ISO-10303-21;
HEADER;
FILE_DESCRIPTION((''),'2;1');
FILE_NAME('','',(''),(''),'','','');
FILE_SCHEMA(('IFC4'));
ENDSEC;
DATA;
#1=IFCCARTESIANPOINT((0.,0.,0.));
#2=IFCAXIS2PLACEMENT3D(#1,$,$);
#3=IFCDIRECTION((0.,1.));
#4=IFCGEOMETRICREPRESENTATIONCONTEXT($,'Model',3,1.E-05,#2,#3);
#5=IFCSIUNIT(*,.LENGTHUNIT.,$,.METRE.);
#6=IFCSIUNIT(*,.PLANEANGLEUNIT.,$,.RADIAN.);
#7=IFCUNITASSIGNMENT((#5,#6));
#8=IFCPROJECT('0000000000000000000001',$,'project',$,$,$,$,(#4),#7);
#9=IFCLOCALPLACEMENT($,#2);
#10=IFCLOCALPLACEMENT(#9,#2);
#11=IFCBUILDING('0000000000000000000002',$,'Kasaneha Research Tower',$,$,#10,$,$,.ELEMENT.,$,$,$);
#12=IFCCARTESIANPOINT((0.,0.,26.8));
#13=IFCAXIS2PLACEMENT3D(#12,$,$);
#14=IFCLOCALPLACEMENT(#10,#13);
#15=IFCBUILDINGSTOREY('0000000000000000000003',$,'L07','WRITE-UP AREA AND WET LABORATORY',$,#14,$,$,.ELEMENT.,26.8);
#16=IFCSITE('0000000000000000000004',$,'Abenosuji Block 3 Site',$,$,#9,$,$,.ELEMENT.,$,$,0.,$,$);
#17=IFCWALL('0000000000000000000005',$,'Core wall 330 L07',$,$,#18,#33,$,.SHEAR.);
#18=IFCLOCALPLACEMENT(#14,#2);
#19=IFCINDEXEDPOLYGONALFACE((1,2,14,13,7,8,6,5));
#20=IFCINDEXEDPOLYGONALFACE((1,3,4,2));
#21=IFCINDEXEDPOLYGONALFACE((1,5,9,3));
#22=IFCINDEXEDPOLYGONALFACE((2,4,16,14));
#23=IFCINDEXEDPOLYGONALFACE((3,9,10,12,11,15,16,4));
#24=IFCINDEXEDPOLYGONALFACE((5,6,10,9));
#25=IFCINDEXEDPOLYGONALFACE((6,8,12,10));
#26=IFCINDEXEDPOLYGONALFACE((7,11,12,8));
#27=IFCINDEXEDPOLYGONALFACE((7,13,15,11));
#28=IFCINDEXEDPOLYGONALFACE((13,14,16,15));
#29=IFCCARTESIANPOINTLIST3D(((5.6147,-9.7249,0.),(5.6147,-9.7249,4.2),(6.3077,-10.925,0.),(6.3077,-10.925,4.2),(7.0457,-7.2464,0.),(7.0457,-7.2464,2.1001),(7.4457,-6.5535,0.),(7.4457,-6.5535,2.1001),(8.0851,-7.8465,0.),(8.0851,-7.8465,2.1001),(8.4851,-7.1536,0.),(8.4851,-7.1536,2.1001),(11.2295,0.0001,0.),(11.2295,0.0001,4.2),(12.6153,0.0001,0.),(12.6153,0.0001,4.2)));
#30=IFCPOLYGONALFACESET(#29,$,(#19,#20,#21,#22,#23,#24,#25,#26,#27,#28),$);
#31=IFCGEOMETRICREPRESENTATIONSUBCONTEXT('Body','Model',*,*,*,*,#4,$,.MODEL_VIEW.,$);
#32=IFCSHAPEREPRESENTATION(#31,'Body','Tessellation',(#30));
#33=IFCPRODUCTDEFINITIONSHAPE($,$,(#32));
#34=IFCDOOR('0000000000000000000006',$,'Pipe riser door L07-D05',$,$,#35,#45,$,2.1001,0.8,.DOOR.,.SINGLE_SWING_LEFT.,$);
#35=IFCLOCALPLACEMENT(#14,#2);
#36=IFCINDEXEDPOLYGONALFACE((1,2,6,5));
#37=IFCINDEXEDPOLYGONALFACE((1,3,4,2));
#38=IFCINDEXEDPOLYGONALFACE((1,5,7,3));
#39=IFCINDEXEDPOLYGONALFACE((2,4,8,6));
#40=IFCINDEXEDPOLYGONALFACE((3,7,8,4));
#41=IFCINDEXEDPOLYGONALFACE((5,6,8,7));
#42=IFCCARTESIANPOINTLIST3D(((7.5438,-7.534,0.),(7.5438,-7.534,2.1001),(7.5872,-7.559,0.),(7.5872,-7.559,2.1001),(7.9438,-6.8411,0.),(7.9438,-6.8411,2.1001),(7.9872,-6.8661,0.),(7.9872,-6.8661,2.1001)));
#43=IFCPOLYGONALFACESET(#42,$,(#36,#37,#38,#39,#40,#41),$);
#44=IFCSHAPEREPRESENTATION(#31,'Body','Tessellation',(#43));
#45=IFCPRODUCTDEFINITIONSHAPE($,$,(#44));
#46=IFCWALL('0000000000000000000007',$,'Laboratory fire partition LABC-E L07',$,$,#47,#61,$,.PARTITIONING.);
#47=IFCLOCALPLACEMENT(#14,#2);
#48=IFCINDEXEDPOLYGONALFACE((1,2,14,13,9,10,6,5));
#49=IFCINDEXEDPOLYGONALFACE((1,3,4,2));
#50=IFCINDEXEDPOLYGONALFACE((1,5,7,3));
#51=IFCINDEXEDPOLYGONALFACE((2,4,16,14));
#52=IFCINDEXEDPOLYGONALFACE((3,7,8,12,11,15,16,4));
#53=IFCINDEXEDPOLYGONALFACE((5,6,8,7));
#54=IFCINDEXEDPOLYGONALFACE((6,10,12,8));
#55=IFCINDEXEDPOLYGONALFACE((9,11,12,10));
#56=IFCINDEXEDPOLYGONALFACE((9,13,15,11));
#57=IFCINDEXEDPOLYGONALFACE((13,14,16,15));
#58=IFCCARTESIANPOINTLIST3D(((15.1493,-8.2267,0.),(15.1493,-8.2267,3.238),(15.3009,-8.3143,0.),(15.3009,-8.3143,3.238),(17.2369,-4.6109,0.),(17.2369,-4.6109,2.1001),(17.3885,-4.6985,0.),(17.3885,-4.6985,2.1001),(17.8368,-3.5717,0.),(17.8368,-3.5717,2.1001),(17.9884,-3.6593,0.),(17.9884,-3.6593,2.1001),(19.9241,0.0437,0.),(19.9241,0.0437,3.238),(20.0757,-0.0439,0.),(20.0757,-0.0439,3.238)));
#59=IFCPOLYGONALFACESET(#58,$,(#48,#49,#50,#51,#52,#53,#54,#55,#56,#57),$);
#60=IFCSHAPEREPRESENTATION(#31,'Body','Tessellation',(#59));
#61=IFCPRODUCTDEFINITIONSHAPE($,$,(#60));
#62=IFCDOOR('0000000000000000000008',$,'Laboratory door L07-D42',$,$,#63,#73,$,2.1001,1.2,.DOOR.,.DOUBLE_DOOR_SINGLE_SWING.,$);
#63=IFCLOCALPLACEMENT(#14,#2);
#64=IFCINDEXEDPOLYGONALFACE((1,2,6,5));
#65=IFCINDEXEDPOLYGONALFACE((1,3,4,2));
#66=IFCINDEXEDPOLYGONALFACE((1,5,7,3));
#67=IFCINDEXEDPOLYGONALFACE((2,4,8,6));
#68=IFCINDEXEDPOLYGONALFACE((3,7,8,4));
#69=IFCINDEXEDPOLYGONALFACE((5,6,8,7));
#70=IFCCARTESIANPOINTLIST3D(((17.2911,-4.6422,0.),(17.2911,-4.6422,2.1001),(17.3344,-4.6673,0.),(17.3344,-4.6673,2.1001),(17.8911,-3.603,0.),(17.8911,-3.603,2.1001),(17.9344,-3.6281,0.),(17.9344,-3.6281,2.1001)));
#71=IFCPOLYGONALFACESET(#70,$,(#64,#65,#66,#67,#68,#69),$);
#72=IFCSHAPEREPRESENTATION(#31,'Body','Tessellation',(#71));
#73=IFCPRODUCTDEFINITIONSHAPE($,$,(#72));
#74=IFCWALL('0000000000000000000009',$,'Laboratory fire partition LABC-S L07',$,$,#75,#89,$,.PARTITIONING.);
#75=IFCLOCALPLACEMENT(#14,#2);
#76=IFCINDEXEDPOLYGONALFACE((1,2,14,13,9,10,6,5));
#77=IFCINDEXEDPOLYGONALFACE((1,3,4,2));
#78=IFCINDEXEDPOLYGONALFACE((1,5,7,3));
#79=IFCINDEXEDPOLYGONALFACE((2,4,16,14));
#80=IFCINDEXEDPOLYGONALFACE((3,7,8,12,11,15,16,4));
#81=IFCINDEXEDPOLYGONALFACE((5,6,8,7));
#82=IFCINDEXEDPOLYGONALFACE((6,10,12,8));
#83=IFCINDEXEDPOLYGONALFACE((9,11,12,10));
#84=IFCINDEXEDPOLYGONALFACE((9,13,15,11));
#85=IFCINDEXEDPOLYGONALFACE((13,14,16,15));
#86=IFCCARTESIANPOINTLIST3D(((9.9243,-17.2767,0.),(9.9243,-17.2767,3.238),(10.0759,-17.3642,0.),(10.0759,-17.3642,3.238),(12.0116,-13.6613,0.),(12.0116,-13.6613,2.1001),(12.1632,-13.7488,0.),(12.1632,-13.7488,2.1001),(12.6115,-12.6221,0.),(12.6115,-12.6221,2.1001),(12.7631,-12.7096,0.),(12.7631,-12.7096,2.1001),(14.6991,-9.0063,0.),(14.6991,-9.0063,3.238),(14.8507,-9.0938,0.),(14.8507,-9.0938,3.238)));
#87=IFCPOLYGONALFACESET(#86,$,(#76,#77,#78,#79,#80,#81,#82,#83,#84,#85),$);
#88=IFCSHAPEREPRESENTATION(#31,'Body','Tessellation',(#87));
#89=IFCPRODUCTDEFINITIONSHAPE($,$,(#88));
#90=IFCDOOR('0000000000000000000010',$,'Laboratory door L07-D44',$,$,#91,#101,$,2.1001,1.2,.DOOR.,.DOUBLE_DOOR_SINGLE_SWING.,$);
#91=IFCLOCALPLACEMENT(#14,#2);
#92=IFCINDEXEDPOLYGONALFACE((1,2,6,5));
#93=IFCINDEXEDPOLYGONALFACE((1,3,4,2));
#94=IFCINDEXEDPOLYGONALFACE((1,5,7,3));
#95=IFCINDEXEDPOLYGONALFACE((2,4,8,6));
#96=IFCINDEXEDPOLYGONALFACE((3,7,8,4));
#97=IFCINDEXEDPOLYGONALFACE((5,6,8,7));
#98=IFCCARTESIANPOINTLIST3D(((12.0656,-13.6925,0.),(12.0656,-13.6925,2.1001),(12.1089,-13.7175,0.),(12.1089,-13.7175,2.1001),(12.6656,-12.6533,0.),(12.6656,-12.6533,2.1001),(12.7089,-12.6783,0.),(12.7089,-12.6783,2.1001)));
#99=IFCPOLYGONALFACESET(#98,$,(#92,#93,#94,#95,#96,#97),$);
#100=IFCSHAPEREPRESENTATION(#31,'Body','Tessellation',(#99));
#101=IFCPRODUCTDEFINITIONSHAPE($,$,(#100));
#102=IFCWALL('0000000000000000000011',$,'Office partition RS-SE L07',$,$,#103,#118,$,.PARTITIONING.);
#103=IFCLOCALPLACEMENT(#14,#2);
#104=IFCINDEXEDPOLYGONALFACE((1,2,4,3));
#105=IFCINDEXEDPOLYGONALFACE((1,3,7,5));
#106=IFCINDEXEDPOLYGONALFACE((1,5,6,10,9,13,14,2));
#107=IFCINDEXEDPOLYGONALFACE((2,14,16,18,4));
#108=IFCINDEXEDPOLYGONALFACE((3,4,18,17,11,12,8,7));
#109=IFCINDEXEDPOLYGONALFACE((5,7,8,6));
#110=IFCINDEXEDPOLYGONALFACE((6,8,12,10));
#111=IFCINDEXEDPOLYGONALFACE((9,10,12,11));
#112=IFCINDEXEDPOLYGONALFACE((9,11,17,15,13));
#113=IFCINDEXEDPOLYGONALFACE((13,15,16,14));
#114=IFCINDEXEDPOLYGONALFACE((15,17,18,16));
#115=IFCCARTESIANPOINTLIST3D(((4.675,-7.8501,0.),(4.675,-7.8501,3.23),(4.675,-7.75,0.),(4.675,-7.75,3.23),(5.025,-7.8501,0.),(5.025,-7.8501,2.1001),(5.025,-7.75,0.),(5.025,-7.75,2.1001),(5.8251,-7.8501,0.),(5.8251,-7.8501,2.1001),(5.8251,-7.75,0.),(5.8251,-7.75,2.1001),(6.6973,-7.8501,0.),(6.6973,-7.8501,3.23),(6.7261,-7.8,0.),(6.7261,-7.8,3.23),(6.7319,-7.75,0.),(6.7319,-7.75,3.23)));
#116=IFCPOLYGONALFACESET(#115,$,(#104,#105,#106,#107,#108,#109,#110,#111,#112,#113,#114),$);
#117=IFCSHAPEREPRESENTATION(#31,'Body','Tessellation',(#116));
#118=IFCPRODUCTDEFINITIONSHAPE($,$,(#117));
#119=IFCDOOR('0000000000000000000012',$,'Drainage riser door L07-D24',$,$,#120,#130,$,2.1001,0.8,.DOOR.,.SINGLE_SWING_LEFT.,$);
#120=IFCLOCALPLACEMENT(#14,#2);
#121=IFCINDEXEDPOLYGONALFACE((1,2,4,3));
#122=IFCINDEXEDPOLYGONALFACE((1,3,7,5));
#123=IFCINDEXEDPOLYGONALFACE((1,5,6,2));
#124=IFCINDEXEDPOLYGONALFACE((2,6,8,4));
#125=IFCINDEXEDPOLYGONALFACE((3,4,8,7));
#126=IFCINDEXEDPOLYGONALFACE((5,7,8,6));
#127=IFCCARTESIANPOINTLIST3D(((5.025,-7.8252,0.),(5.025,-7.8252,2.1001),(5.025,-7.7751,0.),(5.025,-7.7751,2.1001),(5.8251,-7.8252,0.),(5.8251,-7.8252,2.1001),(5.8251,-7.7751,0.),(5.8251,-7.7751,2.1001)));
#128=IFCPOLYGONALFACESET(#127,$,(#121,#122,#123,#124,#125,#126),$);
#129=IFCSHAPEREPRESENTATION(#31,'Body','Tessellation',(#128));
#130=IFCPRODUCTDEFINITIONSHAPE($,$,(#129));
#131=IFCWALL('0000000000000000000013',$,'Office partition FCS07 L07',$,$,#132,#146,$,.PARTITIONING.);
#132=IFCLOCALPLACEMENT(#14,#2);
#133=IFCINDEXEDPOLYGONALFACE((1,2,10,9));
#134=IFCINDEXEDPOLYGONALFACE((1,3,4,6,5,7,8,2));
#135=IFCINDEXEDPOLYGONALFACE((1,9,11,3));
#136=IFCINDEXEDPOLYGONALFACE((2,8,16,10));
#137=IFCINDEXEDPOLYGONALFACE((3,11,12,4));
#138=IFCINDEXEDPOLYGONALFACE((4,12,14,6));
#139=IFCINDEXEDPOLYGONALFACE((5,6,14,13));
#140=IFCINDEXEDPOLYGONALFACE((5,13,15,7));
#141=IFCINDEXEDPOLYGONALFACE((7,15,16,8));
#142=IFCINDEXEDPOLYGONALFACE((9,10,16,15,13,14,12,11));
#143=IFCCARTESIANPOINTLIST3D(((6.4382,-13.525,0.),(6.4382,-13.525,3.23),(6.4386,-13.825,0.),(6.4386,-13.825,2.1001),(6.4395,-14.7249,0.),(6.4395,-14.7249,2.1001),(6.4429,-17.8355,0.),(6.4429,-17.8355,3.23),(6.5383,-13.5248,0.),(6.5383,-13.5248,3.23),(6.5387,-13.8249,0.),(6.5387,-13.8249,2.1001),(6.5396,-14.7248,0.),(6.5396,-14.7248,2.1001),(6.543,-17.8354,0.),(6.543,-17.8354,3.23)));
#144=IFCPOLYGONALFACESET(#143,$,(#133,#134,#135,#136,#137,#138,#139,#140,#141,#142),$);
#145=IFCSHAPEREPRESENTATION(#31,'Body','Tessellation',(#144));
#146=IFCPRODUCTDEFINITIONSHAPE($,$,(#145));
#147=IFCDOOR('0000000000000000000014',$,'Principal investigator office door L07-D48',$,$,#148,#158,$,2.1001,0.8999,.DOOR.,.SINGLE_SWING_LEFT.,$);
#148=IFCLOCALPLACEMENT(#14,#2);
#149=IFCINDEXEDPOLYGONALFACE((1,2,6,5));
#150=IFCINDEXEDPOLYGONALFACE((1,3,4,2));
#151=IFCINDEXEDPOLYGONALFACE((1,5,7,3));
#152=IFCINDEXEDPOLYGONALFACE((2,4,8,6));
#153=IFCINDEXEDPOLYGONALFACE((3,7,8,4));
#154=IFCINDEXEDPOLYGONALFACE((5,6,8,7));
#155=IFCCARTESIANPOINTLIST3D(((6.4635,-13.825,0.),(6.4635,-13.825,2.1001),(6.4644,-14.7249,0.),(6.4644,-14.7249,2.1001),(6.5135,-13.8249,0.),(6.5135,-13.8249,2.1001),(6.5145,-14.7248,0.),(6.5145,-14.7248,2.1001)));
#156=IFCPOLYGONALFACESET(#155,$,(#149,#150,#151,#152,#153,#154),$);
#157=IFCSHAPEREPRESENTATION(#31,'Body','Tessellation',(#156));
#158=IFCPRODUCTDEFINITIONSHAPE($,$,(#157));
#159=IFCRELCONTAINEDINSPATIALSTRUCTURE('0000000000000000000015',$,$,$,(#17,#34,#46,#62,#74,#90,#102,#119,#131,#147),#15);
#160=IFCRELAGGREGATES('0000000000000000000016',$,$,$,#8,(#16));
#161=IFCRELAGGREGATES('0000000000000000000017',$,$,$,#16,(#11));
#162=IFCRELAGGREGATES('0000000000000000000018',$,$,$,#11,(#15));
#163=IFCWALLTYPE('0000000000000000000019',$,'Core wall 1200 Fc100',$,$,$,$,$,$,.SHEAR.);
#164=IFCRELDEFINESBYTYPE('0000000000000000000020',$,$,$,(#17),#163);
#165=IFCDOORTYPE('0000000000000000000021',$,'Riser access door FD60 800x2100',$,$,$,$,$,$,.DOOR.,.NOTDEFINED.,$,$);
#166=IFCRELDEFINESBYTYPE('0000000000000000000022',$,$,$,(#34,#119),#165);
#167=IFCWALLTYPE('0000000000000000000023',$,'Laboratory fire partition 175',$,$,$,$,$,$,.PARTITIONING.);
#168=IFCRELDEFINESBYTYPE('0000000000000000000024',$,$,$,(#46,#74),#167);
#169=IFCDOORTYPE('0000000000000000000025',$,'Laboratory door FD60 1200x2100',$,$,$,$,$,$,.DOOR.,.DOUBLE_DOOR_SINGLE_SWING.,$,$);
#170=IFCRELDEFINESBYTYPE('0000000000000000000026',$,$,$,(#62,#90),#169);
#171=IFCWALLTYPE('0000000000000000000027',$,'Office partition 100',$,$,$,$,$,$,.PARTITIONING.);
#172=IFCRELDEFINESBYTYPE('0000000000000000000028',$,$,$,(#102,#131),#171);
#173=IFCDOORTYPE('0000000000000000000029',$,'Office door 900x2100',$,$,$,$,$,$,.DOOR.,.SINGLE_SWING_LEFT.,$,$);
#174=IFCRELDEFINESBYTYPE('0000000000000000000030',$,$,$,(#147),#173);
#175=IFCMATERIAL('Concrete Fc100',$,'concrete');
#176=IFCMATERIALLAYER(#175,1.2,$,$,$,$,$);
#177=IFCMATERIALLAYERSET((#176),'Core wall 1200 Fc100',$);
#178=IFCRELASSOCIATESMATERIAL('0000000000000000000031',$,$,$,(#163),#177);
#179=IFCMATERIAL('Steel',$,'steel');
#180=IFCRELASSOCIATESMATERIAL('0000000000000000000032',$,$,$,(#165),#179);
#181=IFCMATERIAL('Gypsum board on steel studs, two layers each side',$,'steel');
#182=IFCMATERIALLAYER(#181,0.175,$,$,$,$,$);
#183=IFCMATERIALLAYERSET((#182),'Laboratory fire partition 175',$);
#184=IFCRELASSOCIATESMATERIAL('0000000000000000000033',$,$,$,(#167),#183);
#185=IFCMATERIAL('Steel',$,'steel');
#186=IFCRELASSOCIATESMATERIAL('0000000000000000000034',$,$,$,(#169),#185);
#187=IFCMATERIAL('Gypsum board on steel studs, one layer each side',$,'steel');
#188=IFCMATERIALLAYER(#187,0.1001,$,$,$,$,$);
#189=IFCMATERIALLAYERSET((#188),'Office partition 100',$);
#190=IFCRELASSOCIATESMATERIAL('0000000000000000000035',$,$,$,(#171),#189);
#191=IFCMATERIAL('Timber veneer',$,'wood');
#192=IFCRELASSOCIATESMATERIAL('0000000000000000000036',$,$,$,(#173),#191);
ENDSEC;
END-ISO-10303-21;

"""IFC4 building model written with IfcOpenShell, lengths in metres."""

from ifc_helpers import new_model, si_unit, direction, frame, frame_2d, origin, place, context, subcontext, project, spatial, polyline, rectangle, outline, extrude, material, layer, layer_set, type_object, element, fill, save


model = new_model("IFC4")

# Units and contexts
model_context = context("Model", 3, precision=1e-05, world=origin(), true_north=direction((0.0, 1.0)))
body_context = subcontext(model_context, "Body", "Model", "MODEL_VIEW")
ifc_project = project(units=[si_unit("LENGTHUNIT", "METRE"), si_unit("PLANEANGLEUNIT", "RADIAN")], contexts=[model_context])

# Site, building, storey
site_placement = place(None, origin())
site = spatial("IfcSite", under=ifc_project, at=site_placement, Name="Abenosuji Block 3 Site", CompositionType="ELEMENT", RefElevation=0.0)
building_placement = place(site_placement, origin())
building = spatial("IfcBuilding", under=site, at=building_placement, Name="Kasaneha Research Tower", CompositionType="ELEMENT")
storey_placement = place(building_placement, frame((0.0, 0.0, 26.8)))
storey = spatial("IfcBuildingStorey", under=building, at=storey_placement, Name="L07", Description="WRITE-UP AREA AND WET LABORATORY", CompositionType="ELEMENT", Elevation=26.8)

# Walls, openings, doors
ifc_material_1 = material(Name="Concrete Fc100", Category="concrete")
ifc_layer_1 = layer(ifc_material_1, 1.2)
ifc_layer_set_1 = layer_set([ifc_layer_1], Name="Core wall 1200 Fc100")
wall_type_1 = type_object("IfcWallType", Name="Core wall 1200 Fc100", PredefinedType="SHEAR", material=ifc_layer_set_1)
wall_1_placement = place(storey_placement, frame((5.9612, -10.325, 0.0), z_axis=(0.0, 0.0, 1.0), x_axis=(0.500004, 0.866023, 0.0)))
wall_1 = element("IfcWall", 1, at=wall_1_placement, inside=storey, type_object=wall_type_1, Name="Core wall 330 L07", PredefinedType="SHEAR", context=body_context, shape_type="SweptSolid", body=[
    extrude(outline(polyline([(-0.3464, -0.6001), (3.2085, -0.6001), (4.0085, -0.6001), (12.2688, -0.6001), (11.5759, 0.6001), (4.0085, 0.6001), (3.2085, 0.6001), (0.3464, 0.6001), (-0.3464, -0.6001)])), origin(), (0.0, 0.0, 1.0), 4.2),
])
opening_1_placement = place(wall_1_placement, frame((3.2085, 0.0, 0.0)))
opening_1 = element("IfcOpeningElement", 2, at=opening_1_placement, cuts=wall_1, PredefinedType="OPENING", context=body_context, shape_type="SweptSolid", body=[
    extrude(rectangle(XDim=0.8, YDim=2.1001, at=frame_2d((0.3999, 1.05))), frame((0.0, 0.6099, 0.0), z_axis=(0.0, -1.0, 0.0), x_axis=(1.0, 0.0, 0.0)), (0.0, 0.0, 1.0), 1.22),
])
ifc_material_2 = material(Name="Steel", Category="steel")
door_type_1 = type_object("IfcDoorType", Name="Riser access door FD60 800x2100", OperationType="NOTDEFINED", PredefinedType="DOOR", material=ifc_material_2)
door_1_placement = place(opening_1_placement, origin())
door_1 = element("IfcDoor", 3, at=door_1_placement, inside=storey, type_object=door_type_1, Name="Pipe riser door L07-D05", OperationType="SINGLE_SWING_LEFT", OverallHeight=2.1001, OverallWidth=0.8, PredefinedType="DOOR", context=body_context, shape_type="SweptSolid", body=[
    extrude(rectangle(XDim=0.8, YDim=2.1001, at=frame_2d((0.3999, 1.05))), frame((0.0, 0.0249, 0.0), z_axis=(0.0, -1.0, 0.0), x_axis=(1.0, 0.0, 0.0)), (0.0, 0.0, 1.0), 0.05),
])
fill(opening_1, door_1)
ifc_material_3 = material(Name="Gypsum board on steel studs, two layers each side", Category="steel")
ifc_layer_2 = layer(ifc_material_3, 0.175)
ifc_layer_set_2 = layer_set([ifc_layer_2], Name="Laboratory fire partition 175")
wall_type_2 = type_object("IfcWallType", Name="Laboratory fire partition 175", PredefinedType="PARTITIONING", material=ifc_layer_set_2)
wall_2_placement = place(storey_placement, frame((15.2251, -8.2705, 0.0), z_axis=(0.0, 0.0, 1.0), x_axis=(0.499994, 0.866029, 0.0)))
wall_2 = element("IfcWall", 4, at=wall_2_placement, inside=storey, type_object=wall_type_2, Name="Laboratory fire partition LABC-E L07", PredefinedType="PARTITIONING", context=body_context, shape_type="SweptSolid", body=[
    extrude(rectangle(XDim=9.5498, YDim=0.175, at=frame_2d((4.7749, 0.0))), origin(), (0.0, 0.0, 1.0), 3.238),
])
opening_2_placement = place(wall_2_placement, frame((4.175, 0.0, 0.0)))
opening_2 = element("IfcOpeningElement", 5, at=opening_2_placement, cuts=wall_2, PredefinedType="OPENING", context=body_context, shape_type="SweptSolid", body=[
    extrude(rectangle(XDim=1.2, YDim=2.1001, at=frame_2d((0.6001, 1.05))), frame((0.0, 0.0977, 0.0), z_axis=(0.0, -1.0, 0.0), x_axis=(1.0, 0.0, 0.0)), (0.0, 0.0, 1.0), 0.1951),
])
ifc_material_4 = material(Name="Steel", Category="steel")
door_type_2 = type_object("IfcDoorType", Name="Laboratory door FD60 1200x2100", OperationType="DOUBLE_DOOR_SINGLE_SWING", PredefinedType="DOOR", material=ifc_material_4)
door_2_placement = place(opening_2_placement, origin())
door_2 = element("IfcDoor", 6, at=door_2_placement, inside=storey, type_object=door_type_2, Name="Laboratory door L07-D42", OperationType="DOUBLE_DOOR_SINGLE_SWING", OverallHeight=2.1001, OverallWidth=1.2, PredefinedType="DOOR", context=body_context, shape_type="SweptSolid", body=[
    extrude(rectangle(XDim=1.2, YDim=2.1001, at=frame_2d((0.6001, 1.05))), frame((0.0, 0.0249, 0.0), z_axis=(0.0, -1.0, 0.0), x_axis=(1.0, 0.0, 0.0)), (0.0, 0.0, 1.0), 0.05),
])
fill(opening_2, door_2)
wall_3_placement = place(storey_placement, frame((14.7749, -9.05, 0.0), z_axis=(0.0, 0.0, 1.0), x_axis=(-0.499994, -0.866029, 0.0)))
wall_3 = element("IfcWall", 7, at=wall_3_placement, inside=storey, type_object=wall_type_2, Name="Laboratory fire partition LABC-S L07", PredefinedType="PARTITIONING", context=body_context, shape_type="SweptSolid", body=[
    extrude(rectangle(XDim=9.5498, YDim=0.175, at=frame_2d((4.7749, 0.0))), origin(), (0.0, 0.0, 1.0), 3.238),
])
opening_3_placement = place(wall_3_placement, frame((4.175, 0.0, 0.0)))
opening_3 = element("IfcOpeningElement", 8, at=opening_3_placement, cuts=wall_3, PredefinedType="OPENING", context=body_context, shape_type="SweptSolid", body=[
    extrude(rectangle(XDim=1.2, YDim=2.1001, at=frame_2d((0.6001, 1.05))), frame((0.0, 0.0977, 0.0), z_axis=(0.0, -1.0, 0.0), x_axis=(1.0, 0.0, 0.0)), (0.0, 0.0, 1.0), 0.1951),
])
door_3_placement = place(opening_3_placement, origin())
door_3 = element("IfcDoor", 9, at=door_3_placement, inside=storey, type_object=door_type_2, Name="Laboratory door L07-D44", OperationType="DOUBLE_DOOR_SINGLE_SWING", OverallHeight=2.1001, OverallWidth=1.2, PredefinedType="DOOR", context=body_context, shape_type="SweptSolid", body=[
    extrude(rectangle(XDim=1.2, YDim=2.1001, at=frame_2d((0.6001, 1.05))), frame((0.0, 0.0249, 0.0), z_axis=(0.0, -1.0, 0.0), x_axis=(1.0, 0.0, 0.0)), (0.0, 0.0, 1.0), 0.05),
])
fill(opening_3, door_3)
ifc_material_5 = material(Name="Gypsum board on steel studs, one layer each side", Category="steel")
ifc_layer_3 = layer(ifc_material_5, 0.1001)
ifc_layer_set_3 = layer_set([ifc_layer_3], Name="Office partition 100")
wall_type_3 = type_object("IfcWallType", Name="Office partition 100", PredefinedType="PARTITIONING", material=ifc_layer_set_3)
wall_4_placement = place(storey_placement, frame((4.675, -7.8, 0.0), z_axis=(0.0, 0.0, 1.0), x_axis=(1.0, 0.0, 0.0)))
wall_4 = element("IfcWall", 10, at=wall_4_placement, inside=storey, type_object=wall_type_3, Name="Office partition RS-SE L07", PredefinedType="PARTITIONING", context=body_context, shape_type="SweptSolid", body=[
    extrude(outline(polyline([(0.0, -0.05), (0.3501, -0.05), (1.1501, -0.05), (2.0222, -0.05), (2.051, 0.0), (2.0569, 0.05), (1.1501, 0.05), (0.3501, 0.05), (0.0, 0.05), (0.0, -0.05)])), origin(), (0.0, 0.0, 1.0), 3.23),
])
opening_4_placement = place(wall_4_placement, frame((0.3501, 0.0, 0.0)))
opening_4 = element("IfcOpeningElement", 11, at=opening_4_placement, cuts=wall_4, PredefinedType="OPENING", context=body_context, shape_type="SweptSolid", body=[
    extrude(rectangle(XDim=0.8, YDim=2.1001, at=frame_2d((0.3999, 1.05))), frame((0.0, 0.0601, 0.0), z_axis=(0.0, -1.0, 0.0), x_axis=(1.0, 0.0, 0.0)), (0.0, 0.0, 1.0), 0.1201),
])
door_4_placement = place(opening_4_placement, origin())
door_4 = element("IfcDoor", 12, at=door_4_placement, inside=storey, type_object=door_type_1, Name="Drainage riser door L07-D24", OperationType="SINGLE_SWING_LEFT", OverallHeight=2.1001, OverallWidth=0.8, PredefinedType="DOOR", context=body_context, shape_type="SweptSolid", body=[
    extrude(rectangle(XDim=0.8, YDim=2.1001, at=frame_2d((0.3999, 1.05))), frame((0.0, 0.0249, 0.0), z_axis=(0.0, -1.0, 0.0), x_axis=(1.0, 0.0, 0.0)), (0.0, 0.0, 1.0), 0.05),
])
fill(opening_4, door_4)
wall_5_placement = place(storey_placement, frame((6.4883, -13.5249, 0.0), z_axis=(0.0, 0.0, 1.0), x_axis=(0.001076, -0.999999, 0.0)))
wall_5 = element("IfcWall", 13, at=wall_5_placement, inside=storey, type_object=wall_type_3, Name="Office partition FCS07 L07", PredefinedType="PARTITIONING", context=body_context, shape_type="SweptSolid", body=[
    extrude(rectangle(XDim=4.3105, YDim=0.1001, at=frame_2d((2.1553, 0.0))), origin(), (0.0, 0.0, 1.0), 3.23),
])
opening_5_placement = place(wall_5_placement, frame((0.3, 0.0, 0.0)))
opening_5 = element("IfcOpeningElement", 14, at=opening_5_placement, cuts=wall_5, PredefinedType="OPENING", context=body_context, shape_type="SweptSolid", body=[
    extrude(rectangle(XDim=0.8999, YDim=2.1001, at=frame_2d((0.45, 1.05))), frame((0.0, 0.0601, 0.0), z_axis=(0.0, -1.0, 0.0), x_axis=(1.0, 0.0, 0.0)), (0.0, 0.0, 1.0), 0.1201),
])
ifc_material_6 = material(Name="Timber veneer", Category="wood")
door_type_3 = type_object("IfcDoorType", Name="Office door 900x2100", OperationType="SINGLE_SWING_LEFT", PredefinedType="DOOR", material=ifc_material_6)
door_5_placement = place(opening_5_placement, origin())
door_5 = element("IfcDoor", 15, at=door_5_placement, inside=storey, type_object=door_type_3, Name="Principal investigator office door L07-D48", OperationType="SINGLE_SWING_LEFT", OverallHeight=2.1001, OverallWidth=0.8999, PredefinedType="DOOR", context=body_context, shape_type="SweptSolid", body=[
    extrude(rectangle(XDim=0.8999, YDim=2.1001, at=frame_2d((0.45, 1.05))), frame((0.0, 0.0249, 0.0), z_axis=(0.0, -1.0, 0.0), x_axis=(1.0, 0.0, 0.0)), (0.0, 0.0, 1.0), 0.05),
])
fill(opening_5, door_5)

save(model, "model.ifc")
